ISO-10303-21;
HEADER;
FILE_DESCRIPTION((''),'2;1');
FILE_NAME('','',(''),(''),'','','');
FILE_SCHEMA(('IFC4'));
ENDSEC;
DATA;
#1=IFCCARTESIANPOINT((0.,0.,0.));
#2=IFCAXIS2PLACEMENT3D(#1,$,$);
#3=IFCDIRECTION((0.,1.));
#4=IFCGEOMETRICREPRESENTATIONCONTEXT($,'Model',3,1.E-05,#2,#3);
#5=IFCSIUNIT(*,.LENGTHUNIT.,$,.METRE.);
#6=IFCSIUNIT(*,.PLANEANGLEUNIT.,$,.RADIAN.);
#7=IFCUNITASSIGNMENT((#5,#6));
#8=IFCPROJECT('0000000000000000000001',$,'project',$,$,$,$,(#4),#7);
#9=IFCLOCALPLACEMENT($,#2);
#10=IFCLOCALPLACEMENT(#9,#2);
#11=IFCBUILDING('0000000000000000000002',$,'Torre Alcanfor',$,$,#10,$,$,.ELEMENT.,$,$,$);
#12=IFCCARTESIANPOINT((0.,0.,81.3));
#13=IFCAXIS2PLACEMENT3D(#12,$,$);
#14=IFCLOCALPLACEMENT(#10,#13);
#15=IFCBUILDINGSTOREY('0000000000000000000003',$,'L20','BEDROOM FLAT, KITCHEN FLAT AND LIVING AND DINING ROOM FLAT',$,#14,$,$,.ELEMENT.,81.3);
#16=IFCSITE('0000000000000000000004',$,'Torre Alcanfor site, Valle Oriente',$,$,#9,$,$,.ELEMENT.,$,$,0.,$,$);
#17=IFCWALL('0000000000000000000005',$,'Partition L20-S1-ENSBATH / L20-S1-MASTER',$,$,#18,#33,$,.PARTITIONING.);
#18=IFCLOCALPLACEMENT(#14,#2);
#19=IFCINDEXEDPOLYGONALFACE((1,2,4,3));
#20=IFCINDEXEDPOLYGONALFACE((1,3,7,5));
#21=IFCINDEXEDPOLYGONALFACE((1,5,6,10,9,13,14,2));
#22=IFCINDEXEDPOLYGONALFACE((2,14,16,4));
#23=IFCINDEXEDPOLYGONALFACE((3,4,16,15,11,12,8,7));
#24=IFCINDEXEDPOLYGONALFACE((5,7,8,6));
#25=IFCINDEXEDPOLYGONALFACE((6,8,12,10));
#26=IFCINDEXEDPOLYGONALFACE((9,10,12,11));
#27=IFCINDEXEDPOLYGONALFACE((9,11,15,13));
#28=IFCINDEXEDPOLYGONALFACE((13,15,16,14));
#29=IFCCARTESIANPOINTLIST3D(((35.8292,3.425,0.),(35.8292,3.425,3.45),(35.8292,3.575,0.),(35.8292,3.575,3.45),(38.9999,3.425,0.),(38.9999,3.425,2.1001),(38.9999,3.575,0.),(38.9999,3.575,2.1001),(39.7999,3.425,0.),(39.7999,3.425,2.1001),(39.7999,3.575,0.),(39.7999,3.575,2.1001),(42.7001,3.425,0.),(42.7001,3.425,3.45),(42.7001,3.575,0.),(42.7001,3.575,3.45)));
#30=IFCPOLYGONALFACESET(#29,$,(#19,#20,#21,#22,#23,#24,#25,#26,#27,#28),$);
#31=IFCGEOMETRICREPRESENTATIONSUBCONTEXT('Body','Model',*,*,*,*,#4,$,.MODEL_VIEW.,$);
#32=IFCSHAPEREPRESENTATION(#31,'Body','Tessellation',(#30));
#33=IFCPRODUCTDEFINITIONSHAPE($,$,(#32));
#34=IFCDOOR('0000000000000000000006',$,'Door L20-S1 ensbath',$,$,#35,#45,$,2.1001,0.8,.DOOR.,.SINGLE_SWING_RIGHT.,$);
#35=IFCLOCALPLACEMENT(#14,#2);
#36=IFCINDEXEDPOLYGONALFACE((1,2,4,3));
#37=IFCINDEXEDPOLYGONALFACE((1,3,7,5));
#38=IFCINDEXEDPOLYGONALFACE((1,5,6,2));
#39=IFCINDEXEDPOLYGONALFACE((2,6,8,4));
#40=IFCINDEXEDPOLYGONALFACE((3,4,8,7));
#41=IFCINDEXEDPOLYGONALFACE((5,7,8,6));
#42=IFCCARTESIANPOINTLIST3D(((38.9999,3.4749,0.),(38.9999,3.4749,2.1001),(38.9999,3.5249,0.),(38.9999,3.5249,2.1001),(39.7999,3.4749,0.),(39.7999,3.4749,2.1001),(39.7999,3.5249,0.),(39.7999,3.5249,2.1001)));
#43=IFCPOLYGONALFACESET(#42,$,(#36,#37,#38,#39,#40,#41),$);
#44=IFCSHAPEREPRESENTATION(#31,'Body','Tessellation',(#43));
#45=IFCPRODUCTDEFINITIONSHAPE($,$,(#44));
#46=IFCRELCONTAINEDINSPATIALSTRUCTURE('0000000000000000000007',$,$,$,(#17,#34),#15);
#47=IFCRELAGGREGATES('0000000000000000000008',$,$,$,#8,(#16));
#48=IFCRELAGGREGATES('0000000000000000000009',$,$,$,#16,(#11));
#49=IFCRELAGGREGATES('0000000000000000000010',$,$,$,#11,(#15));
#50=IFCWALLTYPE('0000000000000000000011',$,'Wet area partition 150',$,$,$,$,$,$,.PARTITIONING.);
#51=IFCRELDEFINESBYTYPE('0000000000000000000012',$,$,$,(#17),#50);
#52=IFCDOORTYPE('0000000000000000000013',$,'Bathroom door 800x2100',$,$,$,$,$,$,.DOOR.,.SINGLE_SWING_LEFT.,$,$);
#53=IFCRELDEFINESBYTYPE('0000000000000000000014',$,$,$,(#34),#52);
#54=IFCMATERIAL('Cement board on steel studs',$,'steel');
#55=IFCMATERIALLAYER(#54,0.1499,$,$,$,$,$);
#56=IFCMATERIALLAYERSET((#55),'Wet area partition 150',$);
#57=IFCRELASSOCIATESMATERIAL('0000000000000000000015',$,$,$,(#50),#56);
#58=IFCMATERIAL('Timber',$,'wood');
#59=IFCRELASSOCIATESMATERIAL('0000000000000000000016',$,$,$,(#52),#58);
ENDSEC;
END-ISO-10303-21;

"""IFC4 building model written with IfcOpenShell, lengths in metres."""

from ifc_helpers import new_model, si_unit, direction, frame, frame_2d, origin, place, context, subcontext, project, spatial, rectangle, extrude, material, layer, layer_set, type_object, element, fill, save


model = new_model("IFC4")

# Units and contexts
model_context = context("Model", 3, precision=1e-05, world=origin(), true_north=direction((0.0, 1.0)))
body_context = subcontext(model_context, "Body", "Model", "MODEL_VIEW")
ifc_project = project(units=[si_unit("LENGTHUNIT", "METRE"), si_unit("PLANEANGLEUNIT", "RADIAN")], contexts=[model_context])

# Site, building, storey
site_placement = place(None, origin())
site = spatial("IfcSite", under=ifc_project, at=site_placement, Name="Torre Alcanfor site, Valle Oriente", CompositionType="ELEMENT", RefElevation=0.0)
building_placement = place(site_placement, origin())
building = spatial("IfcBuilding", under=site, at=building_placement, Name="Torre Alcanfor", CompositionType="ELEMENT")
storey_placement = place(building_placement, frame((0.0, 0.0, 81.3)))
storey = spatial("IfcBuildingStorey", under=building, at=storey_placement, Name="L20", Description="BEDROOM FLAT, KITCHEN FLAT AND LIVING AND DINING ROOM FLAT", CompositionType="ELEMENT", Elevation=81.3)

# Shared definitions
ifc_material_1 = material(Name="Cement board on steel studs", Category="steel")
ifc_layer_1 = layer(ifc_material_1, 0.1499)
ifc_layer_set_1 = layer_set([ifc_layer_1], Name="Wet area partition 150")
wall_type_1 = type_object("IfcWallType", Name="Wet area partition 150", PredefinedType="PARTITIONING", material=ifc_layer_set_1)

# Wall, opening, door
wall_1_placement = place(storey_placement, frame((35.8291, 3.5, 0.0), z_axis=(0.0, 0.0, 1.0), x_axis=(1.0, 0.0, 0.0)))
wall_1 = element("IfcWall", 1, at=wall_1_placement, inside=storey, type_object=wall_type_1, Name="Partition L20-S1-ENSBATH / L20-S1-MASTER", PredefinedType="PARTITIONING", context=body_context, shape_type="SweptSolid", body=[
    extrude(rectangle(XDim=6.8708, YDim=0.1499, at=frame_2d((3.4355, 0.0))), origin(), (0.0, 0.0, 1.0), 3.45),
])
opening_1_placement = place(wall_1_placement, frame((3.1709, 0.0, 0.0)))
opening_1 = element("IfcOpeningElement", 2, at=opening_1_placement, cuts=wall_1, PredefinedType="OPENING", context=body_context, shape_type="SweptSolid", body=[
    extrude(rectangle(XDim=0.8, YDim=2.1001, at=frame_2d((0.3999, 1.05))), frame((0.0, 0.085, 0.0), z_axis=(0.0, -1.0, 0.0), x_axis=(1.0, 0.0, 0.0)), (0.0, 0.0, 1.0), 0.1699),
])
ifc_material_2 = material(Name="Timber", Category="wood")
door_type_1 = type_object("IfcDoorType", Name="Bathroom door 800x2100", OperationType="SINGLE_SWING_LEFT", PredefinedType="DOOR", material=ifc_material_2)
door_1_placement = place(opening_1_placement, origin())
door_1 = element("IfcDoor", 3, at=door_1_placement, inside=storey, type_object=door_type_1, Name="Door L20-S1 ensbath", OperationType="SINGLE_SWING_RIGHT", OverallHeight=2.1001, OverallWidth=0.8, PredefinedType="DOOR", context=body_context, shape_type="SweptSolid", body=[
    extrude(rectangle(XDim=0.8, YDim=2.1001, at=frame_2d((0.3999, 1.05))), frame((0.0, 0.0249, 0.0), z_axis=(0.0, -1.0, 0.0), x_axis=(1.0, 0.0, 0.0)), (0.0, 0.0, 1.0), 0.05),
])
fill(opening_1, door_1)

save(model, "model.ifc")
